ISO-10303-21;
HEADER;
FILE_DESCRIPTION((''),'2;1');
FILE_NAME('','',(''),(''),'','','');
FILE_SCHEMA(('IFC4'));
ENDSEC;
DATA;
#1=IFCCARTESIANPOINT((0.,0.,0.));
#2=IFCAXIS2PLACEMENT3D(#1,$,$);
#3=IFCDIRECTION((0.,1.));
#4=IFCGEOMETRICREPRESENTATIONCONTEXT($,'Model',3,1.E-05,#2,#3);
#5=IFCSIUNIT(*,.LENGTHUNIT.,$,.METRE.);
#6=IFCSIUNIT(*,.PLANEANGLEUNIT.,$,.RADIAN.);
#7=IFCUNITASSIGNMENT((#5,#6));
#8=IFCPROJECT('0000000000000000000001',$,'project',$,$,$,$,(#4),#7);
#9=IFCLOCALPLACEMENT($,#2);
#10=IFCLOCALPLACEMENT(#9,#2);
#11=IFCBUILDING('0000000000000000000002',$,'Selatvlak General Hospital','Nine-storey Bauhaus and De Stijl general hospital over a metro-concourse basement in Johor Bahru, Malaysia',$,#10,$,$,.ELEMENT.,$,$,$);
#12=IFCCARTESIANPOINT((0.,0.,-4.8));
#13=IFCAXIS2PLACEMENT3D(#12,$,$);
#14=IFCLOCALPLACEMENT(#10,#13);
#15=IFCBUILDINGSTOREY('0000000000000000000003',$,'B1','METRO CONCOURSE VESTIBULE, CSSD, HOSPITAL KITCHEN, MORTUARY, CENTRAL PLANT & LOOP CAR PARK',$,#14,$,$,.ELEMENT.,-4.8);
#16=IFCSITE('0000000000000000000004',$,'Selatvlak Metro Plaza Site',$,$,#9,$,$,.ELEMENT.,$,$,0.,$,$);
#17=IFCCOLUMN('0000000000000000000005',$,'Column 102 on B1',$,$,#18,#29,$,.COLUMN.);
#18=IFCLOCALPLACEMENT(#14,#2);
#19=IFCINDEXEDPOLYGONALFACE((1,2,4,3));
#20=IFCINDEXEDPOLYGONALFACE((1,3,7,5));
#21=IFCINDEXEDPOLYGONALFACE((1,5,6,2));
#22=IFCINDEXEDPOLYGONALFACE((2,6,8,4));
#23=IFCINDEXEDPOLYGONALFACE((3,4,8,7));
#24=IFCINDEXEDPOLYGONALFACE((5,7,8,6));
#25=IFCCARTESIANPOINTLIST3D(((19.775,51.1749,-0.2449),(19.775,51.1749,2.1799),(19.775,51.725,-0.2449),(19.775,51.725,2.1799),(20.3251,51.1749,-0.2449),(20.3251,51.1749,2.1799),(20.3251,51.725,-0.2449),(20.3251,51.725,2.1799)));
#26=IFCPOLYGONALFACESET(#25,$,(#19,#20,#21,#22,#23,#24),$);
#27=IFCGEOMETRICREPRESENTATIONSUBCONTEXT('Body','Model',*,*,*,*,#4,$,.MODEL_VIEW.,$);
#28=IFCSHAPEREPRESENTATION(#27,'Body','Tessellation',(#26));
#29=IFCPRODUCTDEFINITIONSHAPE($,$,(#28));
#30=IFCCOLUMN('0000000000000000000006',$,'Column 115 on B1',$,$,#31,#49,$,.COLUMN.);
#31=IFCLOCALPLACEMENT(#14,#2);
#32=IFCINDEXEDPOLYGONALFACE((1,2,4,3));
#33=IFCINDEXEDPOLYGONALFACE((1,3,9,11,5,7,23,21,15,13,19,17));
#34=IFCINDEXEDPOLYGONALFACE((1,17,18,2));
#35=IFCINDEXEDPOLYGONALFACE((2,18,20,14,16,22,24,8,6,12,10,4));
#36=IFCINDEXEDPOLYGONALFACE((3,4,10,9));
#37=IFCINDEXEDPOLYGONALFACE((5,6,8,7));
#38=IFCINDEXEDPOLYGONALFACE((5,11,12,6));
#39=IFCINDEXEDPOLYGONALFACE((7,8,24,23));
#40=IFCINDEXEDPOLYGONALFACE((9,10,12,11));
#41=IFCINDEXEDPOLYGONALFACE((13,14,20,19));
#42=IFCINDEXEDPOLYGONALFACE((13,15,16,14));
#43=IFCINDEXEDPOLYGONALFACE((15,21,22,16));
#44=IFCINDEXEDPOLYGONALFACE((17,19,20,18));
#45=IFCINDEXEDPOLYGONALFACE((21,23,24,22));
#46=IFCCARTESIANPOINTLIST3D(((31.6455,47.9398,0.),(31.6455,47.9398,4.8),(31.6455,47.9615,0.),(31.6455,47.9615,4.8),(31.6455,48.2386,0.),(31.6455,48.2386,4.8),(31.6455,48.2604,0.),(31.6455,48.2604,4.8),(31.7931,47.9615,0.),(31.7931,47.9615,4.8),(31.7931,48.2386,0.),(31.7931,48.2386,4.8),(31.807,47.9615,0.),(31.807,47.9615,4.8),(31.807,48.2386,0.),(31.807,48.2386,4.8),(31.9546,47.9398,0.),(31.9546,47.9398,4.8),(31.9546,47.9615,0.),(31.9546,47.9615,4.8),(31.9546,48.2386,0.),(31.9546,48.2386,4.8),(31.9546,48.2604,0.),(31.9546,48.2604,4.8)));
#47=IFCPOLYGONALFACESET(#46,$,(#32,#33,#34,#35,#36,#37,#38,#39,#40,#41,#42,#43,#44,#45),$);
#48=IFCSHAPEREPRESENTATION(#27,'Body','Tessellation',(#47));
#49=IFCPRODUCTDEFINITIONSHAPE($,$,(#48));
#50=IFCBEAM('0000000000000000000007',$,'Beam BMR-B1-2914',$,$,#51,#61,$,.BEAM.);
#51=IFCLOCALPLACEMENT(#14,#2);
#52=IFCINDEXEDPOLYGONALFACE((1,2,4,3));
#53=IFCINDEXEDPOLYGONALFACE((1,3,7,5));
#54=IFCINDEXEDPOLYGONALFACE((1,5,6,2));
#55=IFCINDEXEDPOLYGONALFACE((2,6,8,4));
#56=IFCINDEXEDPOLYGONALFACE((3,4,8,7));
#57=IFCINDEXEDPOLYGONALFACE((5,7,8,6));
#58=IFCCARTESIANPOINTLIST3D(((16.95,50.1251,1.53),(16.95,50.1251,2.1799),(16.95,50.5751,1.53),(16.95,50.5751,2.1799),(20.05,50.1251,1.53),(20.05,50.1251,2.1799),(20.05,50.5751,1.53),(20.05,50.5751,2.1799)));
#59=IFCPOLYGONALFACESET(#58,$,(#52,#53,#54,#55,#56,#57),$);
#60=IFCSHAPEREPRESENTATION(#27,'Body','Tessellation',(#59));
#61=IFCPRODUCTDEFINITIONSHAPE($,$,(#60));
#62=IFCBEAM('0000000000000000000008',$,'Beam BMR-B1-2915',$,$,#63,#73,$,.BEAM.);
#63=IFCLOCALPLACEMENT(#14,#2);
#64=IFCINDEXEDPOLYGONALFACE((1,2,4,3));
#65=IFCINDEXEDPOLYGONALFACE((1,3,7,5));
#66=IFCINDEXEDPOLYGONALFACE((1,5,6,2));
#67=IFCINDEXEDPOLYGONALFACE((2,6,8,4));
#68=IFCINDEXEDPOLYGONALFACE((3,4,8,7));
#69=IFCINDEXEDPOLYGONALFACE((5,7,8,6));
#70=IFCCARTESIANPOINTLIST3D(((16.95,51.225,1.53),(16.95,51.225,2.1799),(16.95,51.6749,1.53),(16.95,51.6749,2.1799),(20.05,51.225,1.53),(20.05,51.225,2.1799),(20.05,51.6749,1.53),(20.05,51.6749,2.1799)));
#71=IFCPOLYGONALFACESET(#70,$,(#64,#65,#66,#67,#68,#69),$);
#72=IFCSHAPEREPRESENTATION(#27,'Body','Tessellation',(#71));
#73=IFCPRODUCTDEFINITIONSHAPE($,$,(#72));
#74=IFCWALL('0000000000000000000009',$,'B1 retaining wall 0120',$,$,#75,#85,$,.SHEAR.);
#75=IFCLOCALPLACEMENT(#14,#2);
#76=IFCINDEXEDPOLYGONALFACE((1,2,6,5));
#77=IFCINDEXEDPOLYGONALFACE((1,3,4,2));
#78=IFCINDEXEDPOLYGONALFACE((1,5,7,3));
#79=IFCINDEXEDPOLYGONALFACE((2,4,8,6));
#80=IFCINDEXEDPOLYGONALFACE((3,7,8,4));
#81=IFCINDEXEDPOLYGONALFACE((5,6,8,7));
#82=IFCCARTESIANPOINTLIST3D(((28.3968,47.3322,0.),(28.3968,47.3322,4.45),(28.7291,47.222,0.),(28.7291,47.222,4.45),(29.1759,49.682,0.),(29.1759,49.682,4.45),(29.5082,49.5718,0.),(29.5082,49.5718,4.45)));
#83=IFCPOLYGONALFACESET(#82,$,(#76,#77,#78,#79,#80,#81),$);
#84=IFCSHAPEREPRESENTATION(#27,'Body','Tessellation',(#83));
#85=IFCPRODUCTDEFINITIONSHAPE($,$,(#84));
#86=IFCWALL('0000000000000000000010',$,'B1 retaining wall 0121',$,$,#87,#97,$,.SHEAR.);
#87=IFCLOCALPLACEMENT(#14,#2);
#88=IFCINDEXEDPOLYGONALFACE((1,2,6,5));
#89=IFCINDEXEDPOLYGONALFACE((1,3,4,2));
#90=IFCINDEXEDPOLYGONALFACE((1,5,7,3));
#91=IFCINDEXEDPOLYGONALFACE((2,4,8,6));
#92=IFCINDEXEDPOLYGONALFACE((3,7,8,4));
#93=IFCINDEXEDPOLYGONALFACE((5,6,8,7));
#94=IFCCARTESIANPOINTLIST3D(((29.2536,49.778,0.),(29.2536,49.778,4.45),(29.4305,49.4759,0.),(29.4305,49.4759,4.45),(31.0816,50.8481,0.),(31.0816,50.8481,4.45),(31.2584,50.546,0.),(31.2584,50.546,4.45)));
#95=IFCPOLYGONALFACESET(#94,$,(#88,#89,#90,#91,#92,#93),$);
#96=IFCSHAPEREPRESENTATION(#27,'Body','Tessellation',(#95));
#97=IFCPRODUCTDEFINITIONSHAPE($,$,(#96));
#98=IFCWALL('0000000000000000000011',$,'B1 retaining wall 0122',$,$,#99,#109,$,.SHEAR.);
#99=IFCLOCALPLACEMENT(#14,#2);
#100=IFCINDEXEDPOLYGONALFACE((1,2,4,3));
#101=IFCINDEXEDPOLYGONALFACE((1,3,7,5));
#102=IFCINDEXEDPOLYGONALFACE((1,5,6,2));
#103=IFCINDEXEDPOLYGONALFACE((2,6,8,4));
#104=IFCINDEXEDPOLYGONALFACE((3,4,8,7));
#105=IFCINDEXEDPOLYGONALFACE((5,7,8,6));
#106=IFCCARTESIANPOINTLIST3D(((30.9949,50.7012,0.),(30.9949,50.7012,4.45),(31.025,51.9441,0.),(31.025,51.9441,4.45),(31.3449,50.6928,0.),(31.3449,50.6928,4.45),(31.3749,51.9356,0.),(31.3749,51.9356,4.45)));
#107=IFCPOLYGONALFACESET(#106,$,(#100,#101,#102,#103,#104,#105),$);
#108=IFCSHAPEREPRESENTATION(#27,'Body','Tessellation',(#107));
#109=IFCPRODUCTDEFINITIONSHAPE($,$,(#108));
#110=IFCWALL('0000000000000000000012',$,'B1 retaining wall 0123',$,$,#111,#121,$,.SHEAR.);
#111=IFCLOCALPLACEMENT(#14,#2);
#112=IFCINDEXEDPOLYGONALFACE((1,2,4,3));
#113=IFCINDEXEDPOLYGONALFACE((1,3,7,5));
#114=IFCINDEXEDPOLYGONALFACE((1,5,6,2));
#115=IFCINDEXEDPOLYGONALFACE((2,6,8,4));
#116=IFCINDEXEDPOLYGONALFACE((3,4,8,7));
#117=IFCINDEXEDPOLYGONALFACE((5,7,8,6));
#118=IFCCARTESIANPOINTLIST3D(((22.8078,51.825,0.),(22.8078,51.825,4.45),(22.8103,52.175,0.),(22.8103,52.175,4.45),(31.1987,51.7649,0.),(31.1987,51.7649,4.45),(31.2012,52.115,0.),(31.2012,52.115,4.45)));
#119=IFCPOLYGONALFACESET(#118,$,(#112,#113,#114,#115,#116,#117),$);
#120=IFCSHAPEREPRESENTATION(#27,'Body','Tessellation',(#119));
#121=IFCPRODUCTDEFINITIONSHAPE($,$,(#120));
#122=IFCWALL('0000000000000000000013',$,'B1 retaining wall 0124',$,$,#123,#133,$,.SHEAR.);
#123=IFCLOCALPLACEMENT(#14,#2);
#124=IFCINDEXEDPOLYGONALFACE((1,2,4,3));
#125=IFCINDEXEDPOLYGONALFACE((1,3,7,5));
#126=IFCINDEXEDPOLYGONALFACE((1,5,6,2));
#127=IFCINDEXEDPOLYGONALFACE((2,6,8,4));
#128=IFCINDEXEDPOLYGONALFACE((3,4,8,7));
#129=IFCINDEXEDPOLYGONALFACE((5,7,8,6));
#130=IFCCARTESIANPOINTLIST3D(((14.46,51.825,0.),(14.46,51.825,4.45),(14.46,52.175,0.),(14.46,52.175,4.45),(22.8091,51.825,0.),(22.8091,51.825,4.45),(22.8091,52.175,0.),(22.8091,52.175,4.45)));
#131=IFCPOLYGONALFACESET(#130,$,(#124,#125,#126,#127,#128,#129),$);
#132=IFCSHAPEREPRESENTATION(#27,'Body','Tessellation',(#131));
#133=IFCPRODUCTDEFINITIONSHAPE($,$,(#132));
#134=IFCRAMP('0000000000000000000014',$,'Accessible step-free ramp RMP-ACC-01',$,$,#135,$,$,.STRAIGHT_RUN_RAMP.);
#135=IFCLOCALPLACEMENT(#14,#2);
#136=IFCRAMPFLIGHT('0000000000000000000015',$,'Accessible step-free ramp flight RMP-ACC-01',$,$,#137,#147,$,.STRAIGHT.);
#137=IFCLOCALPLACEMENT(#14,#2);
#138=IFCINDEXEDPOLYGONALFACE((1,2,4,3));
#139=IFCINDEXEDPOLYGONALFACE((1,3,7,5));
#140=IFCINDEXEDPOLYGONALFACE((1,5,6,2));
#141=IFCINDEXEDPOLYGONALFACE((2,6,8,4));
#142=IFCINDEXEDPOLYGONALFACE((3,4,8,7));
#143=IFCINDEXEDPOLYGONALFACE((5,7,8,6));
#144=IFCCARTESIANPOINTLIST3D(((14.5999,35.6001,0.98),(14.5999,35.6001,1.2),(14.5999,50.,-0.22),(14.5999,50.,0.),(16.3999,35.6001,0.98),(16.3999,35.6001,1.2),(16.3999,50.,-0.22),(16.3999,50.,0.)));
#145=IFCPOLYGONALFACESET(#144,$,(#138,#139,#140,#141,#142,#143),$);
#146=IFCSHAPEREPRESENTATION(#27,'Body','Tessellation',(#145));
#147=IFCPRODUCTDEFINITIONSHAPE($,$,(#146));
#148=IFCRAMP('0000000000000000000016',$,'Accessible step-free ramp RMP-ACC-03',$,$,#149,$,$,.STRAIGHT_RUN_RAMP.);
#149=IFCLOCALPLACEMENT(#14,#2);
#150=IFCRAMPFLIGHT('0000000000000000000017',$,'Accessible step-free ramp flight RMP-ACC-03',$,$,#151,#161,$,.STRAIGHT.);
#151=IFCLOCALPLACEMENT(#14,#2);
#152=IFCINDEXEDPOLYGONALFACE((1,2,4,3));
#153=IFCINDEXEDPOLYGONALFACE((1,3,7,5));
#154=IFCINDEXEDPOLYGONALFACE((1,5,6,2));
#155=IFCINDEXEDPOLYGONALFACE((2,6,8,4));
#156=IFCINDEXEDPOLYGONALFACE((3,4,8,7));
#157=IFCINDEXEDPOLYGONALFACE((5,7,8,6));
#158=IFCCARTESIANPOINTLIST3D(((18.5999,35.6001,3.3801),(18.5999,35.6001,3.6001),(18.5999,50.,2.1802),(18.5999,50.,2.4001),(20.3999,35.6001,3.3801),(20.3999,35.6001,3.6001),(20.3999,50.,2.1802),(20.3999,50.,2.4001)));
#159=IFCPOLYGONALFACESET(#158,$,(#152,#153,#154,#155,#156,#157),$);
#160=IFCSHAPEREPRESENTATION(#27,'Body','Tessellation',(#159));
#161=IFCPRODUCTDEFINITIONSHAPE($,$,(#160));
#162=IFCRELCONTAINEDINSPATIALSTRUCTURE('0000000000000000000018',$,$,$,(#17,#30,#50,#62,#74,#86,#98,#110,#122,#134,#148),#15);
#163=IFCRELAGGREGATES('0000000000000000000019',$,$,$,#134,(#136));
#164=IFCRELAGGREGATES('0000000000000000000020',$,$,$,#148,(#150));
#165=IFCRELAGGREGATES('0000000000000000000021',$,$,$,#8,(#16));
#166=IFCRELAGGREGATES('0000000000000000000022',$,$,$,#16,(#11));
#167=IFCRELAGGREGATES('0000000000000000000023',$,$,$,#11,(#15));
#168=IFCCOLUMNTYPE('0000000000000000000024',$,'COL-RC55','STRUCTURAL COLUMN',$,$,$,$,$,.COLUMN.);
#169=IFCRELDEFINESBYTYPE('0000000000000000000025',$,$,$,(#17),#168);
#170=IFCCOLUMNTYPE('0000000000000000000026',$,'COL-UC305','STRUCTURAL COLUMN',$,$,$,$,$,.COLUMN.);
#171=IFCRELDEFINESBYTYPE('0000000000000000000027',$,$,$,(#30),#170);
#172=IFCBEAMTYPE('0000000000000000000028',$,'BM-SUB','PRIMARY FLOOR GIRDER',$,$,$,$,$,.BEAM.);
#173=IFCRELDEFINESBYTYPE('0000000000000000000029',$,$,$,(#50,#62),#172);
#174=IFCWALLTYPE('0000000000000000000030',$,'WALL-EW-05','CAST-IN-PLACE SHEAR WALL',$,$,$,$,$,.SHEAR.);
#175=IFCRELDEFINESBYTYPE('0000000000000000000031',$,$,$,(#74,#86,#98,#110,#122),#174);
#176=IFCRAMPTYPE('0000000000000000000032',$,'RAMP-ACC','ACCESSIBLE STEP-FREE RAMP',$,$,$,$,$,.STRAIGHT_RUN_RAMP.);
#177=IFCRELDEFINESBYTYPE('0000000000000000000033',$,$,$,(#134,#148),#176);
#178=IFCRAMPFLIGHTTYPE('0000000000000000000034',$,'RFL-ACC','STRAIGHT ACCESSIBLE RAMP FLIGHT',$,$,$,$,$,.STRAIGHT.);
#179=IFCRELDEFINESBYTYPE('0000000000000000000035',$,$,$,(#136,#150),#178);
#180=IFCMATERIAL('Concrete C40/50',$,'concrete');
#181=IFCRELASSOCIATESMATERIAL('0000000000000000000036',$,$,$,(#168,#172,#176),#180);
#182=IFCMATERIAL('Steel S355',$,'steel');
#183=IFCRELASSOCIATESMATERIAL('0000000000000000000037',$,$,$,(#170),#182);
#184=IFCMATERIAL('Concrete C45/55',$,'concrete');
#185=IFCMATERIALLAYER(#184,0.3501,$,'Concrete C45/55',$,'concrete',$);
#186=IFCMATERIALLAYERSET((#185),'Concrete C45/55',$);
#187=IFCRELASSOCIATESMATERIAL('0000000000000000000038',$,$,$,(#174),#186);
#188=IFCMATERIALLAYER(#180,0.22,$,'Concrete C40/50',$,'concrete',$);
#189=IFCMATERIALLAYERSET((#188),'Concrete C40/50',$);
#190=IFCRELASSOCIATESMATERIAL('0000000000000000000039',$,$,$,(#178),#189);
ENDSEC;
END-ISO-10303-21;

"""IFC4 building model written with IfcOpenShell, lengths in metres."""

from ifc_helpers import new_model, si_unit, direction, frame, frame_2d, origin, origin_2d, place, context, subcontext, project, spatial, polyline, rectangle, i_section, outline, extrude, material, layer, layer_set, material_profile, profile_set, type_object, element, aggregate, save


model = new_model("IFC4")

# Units and contexts
model_context = context("Model", 3, precision=1e-05, world=origin(), true_north=direction((0.0, 1.0)))
body_context = subcontext(model_context, "Body", "Model", "MODEL_VIEW")
ifc_project = project(units=[si_unit("LENGTHUNIT", "METRE"), si_unit("PLANEANGLEUNIT", "RADIAN")], contexts=[model_context])

# Site, building, storey
site_placement = place(None, origin())
site = spatial("IfcSite", under=ifc_project, at=site_placement, Name="Selatvlak Metro Plaza Site", CompositionType="ELEMENT", RefElevation=0.0)
building_placement = place(site_placement, origin())
building = spatial("IfcBuilding", under=site, at=building_placement, Name="Selatvlak General Hospital", Description="Nine-storey Bauhaus and De Stijl general hospital over a metro-concourse basement in Johor Bahru, Malaysia", CompositionType="ELEMENT")
storey_placement = place(building_placement, frame((0.0, 0.0, -4.8)))
storey = spatial("IfcBuildingStorey", under=building, at=storey_placement, Name="B1", Description="METRO CONCOURSE VESTIBULE, CSSD, HOSPITAL KITCHEN, MORTUARY, CENTRAL PLANT & LOOP CAR PARK", CompositionType="ELEMENT", Elevation=-4.8)

# Shared definitions
ifc_material_1 = material(Name="Concrete C40/50", Category="concrete")

# Columns
ifc_material_2 = material(Name="Steel S355", Category="steel")
ifc_material_profile_1 = material_profile(ifc_material_1, rectangle(XDim=0.55, YDim=0.55, at=origin_2d()), Name="RC-COL 550x550")
ifc_profile_set_1 = profile_set([ifc_material_profile_1], Name="Concrete C40/50")
column_type_1 = type_object("IfcColumnType", Name="COL-RC55", Description="STRUCTURAL COLUMN", PredefinedType="COLUMN", material=ifc_profile_set_1)
for number, where, z_axis, x_axis, name in (
    (1, (20.05, 51.45, -0.2449), (0.0, 0.0, 1.0), (1.0, 0.0, 0.0), "Column 102 on B1"),
):
    element("IfcColumn", number, at=place(storey_placement, frame(where, z_axis=z_axis, x_axis=x_axis)), inside=storey, type_object=column_type_1, Name=name, PredefinedType="COLUMN", context=body_context, shape_type="SweptSolid", body=[
        extrude(rectangle(XDim=0.55, YDim=0.55, at=origin_2d()), origin(), (0.0, 0.0, 1.0), 2.4248),
    ])
ifc_material_profile_2 = material_profile(ifc_material_2, i_section(OverallWidth=0.3091, OverallDepth=0.3206, WebThickness=0.0139, FlangeThickness=0.0217, at=origin_2d()), Name="UC 305x305x137")
ifc_profile_set_2 = profile_set([ifc_material_profile_2], Name="Steel S355")
column_type_2 = type_object("IfcColumnType", Name="COL-UC305", Description="STRUCTURAL COLUMN", PredefinedType="COLUMN", material=ifc_profile_set_2)
column_placement = place(storey_placement, frame((31.8, 48.1001, 0.0), z_axis=(0.0, 0.0, 1.0), x_axis=(1.0, 0.0, 0.0)))
element("IfcColumn", 2, at=column_placement, inside=storey, type_object=column_type_2, Name="Column 115 on B1", PredefinedType="COLUMN", context=body_context, shape_type="SweptSolid", body=[
    extrude(i_section(OverallWidth=0.3091, OverallDepth=0.3206, WebThickness=0.0139, FlangeThickness=0.0217, at=origin_2d()), origin(), (0.0, 0.0, 1.0), 4.8),
])

# Beams
ifc_material_profile_3 = material_profile(ifc_material_1, rectangle(XDim=0.45, YDim=0.6499, at=origin_2d()), Name="RC-BM 450x650")
ifc_profile_set_3 = profile_set([ifc_material_profile_3], Name="Concrete C40/50")
beam_type = type_object("IfcBeamType", Name="BM-SUB", Description="PRIMARY FLOOR GIRDER", PredefinedType="BEAM", material=ifc_profile_set_3)
for number, where, z_axis, x_axis, name in (
    (3, (16.95, 50.3501, 1.855), (1.0, 0.0, 0.0), (0.0, 1.0, 0.0), "Beam BMR-B1-2914"),
    (4, (16.95, 51.45, 1.855), (1.0, 0.0, 0.0), (0.0, 1.0, 0.0), "Beam BMR-B1-2915"),
):
    element("IfcBeam", number, at=place(storey_placement, frame(where, z_axis=z_axis, x_axis=x_axis)), inside=storey, type_object=beam_type, Name=name, PredefinedType="BEAM", context=body_context, shape_type="SweptSolid", body=[
        extrude(rectangle(XDim=0.45, YDim=0.6499, at=origin_2d()), origin(), (0.0, 0.0, 1.0), 3.1001),
    ])

# Walls
ifc_material_3 = material(Name="Concrete C45/55", Category="concrete")
ifc_layer_1 = layer(ifc_material_3, 0.3501, Name="Concrete C45/55", Category="concrete")
ifc_layer_set_1 = layer_set([ifc_layer_1], Name="Concrete C45/55")
wall_type = type_object("IfcWallType", Name="WALL-EW-05", Description="CAST-IN-PLACE SHEAR WALL", PredefinedType="SHEAR", material=ifc_layer_set_1)
wall_1_placement = place(storey_placement, frame((28.563, 47.2771, 0.0), z_axis=(0.0, 0.0, 1.0), x_axis=(0.314689, 0.949195, 0.0)))
element("IfcWall", 5, at=wall_1_placement, inside=storey, type_object=wall_type, Name="B1 retaining wall 0120", PredefinedType="SHEAR", context=body_context, shape_type="SweptSolid", body=[
    extrude(rectangle(XDim=2.4756, YDim=0.3501, at=frame_2d((1.2378, 0.0))), origin(), (0.0, 0.0, 1.0), 4.45),
])
wall_2_placement = place(storey_placement, frame((29.342, 49.627, 0.0), z_axis=(0.0, 0.0, 1.0), x_axis=(0.862996, 0.505211, 0.0)))
element("IfcWall", 6, at=wall_2_placement, inside=storey, type_object=wall_type, Name="B1 retaining wall 0121", PredefinedType="SHEAR", context=body_context, shape_type="SweptSolid", body=[
    extrude(rectangle(XDim=2.1182, YDim=0.3501, at=frame_2d((1.0591, 0.0))), origin(), (0.0, 0.0, 1.0), 4.45),
])
wall_3_placement = place(storey_placement, frame((31.1699, 50.697, 0.0), z_axis=(0.0, 0.0, 1.0), x_axis=(0.024153, 0.999708, 0.0)))
element("IfcWall", 7, at=wall_3_placement, inside=storey, type_object=wall_type, Name="B1 retaining wall 0122", PredefinedType="SHEAR", context=body_context, shape_type="SweptSolid", body=[
    extrude(rectangle(XDim=1.2432, YDim=0.3501, at=frame_2d((0.6216, 0.0))), origin(), (0.0, 0.0, 1.0), 4.45),
])
wall_4_placement = place(storey_placement, frame((31.2, 51.9399, 0.0), z_axis=(0.0, 0.0, 1.0), x_axis=(-0.999974, 0.007157, 0.0)))
element("IfcWall", 8, at=wall_4_placement, inside=storey, type_object=wall_type, Name="B1 retaining wall 0123", PredefinedType="SHEAR", context=body_context, shape_type="SweptSolid", body=[
    extrude(rectangle(XDim=8.3911, YDim=0.3501, at=frame_2d((4.1956, 0.0))), origin(), (0.0, 0.0, 1.0), 4.45),
])
wall_5_placement = place(storey_placement, frame((22.8091, 52.0, 0.0), z_axis=(0.0, 0.0, 1.0), x_axis=(-1.0, 0.0, 0.0)))
element("IfcWall", 9, at=wall_5_placement, inside=storey, type_object=wall_type, Name="B1 retaining wall 0124", PredefinedType="SHEAR", context=body_context, shape_type="SweptSolid", body=[
    extrude(rectangle(XDim=8.3491, YDim=0.3501, at=frame_2d((4.1746, 0.0))), origin(), (0.0, 0.0, 1.0), 4.45),
])

# Ramps, ramp flights
ramp_type = type_object("IfcRampType", Name="RAMP-ACC", Description="ACCESSIBLE STEP-FREE RAMP", PredefinedType="STRAIGHT_RUN_RAMP", material=ifc_material_1)
ramp_1_placement = place(storey_placement, origin())
ramp_1 = element("IfcRamp", 10, at=ramp_1_placement, inside=storey, type_object=ramp_type, Name="Accessible step-free ramp RMP-ACC-01", PredefinedType="STRAIGHT_RUN_RAMP")
ifc_layer_2 = layer(ifc_material_1, 0.22, Name="Concrete C40/50", Category="concrete")
ifc_layer_set_2 = layer_set([ifc_layer_2], Name="Concrete C40/50")
ramp_flight_type = type_object("IfcRampFlightType", Name="RFL-ACC", Description="STRAIGHT ACCESSIBLE RAMP FLIGHT", PredefinedType="STRAIGHT", material=ifc_layer_set_2)
ramp_flight_1_placement = place(storey_placement, frame((15.5, 50.0, 0.0), z_axis=(0.0, 0.0, 1.0), x_axis=(0.0, -1.0, 0.0)))
ramp_flight_1 = element("IfcRampFlight", 11, at=ramp_flight_1_placement, type_object=ramp_flight_type, Name="Accessible step-free ramp flight RMP-ACC-01", PredefinedType="STRAIGHT", context=body_context, shape_type="SweptSolid", body=[
    extrude(outline(polyline([(0.0, -0.22), (14.3999, 0.98), (14.3999, 1.2), (0.0, 0.0), (0.0, -0.22)])), frame((0.0, 0.8999, 0.0), z_axis=(0.0, -1.0, 0.0), x_axis=(1.0, 0.0, 0.0)), (0.0, 0.0, 1.0), 1.8),
])
aggregate(ramp_1, [ramp_flight_1])
ramp_2_placement = place(storey_placement, origin())
ramp_2 = element("IfcRamp", 12, at=ramp_2_placement, inside=storey, type_object=ramp_type, Name="Accessible step-free ramp RMP-ACC-03", PredefinedType="STRAIGHT_RUN_RAMP")
ramp_flight_2_placement = place(storey_placement, frame((19.5, 50.0, 2.4001), z_axis=(0.0, 0.0, 1.0), x_axis=(0.0, -1.0, 0.0)))
ramp_flight_2 = element("IfcRampFlight", 13, at=ramp_flight_2_placement, type_object=ramp_flight_type, Name="Accessible step-free ramp flight RMP-ACC-03", PredefinedType="STRAIGHT", context=body_context, shape_type="SweptSolid", body=[
    extrude(outline(polyline([(0.0, -0.22), (14.3999, 0.98), (14.3999, 1.2), (0.0, 0.0), (0.0, -0.22)])), frame((0.0, 0.8999, 0.0), z_axis=(0.0, -1.0, 0.0), x_axis=(1.0, 0.0, 0.0)), (0.0, 0.0, 1.0), 1.8),
])
aggregate(ramp_2, [ramp_flight_2])

save(model, "model.ifc")
